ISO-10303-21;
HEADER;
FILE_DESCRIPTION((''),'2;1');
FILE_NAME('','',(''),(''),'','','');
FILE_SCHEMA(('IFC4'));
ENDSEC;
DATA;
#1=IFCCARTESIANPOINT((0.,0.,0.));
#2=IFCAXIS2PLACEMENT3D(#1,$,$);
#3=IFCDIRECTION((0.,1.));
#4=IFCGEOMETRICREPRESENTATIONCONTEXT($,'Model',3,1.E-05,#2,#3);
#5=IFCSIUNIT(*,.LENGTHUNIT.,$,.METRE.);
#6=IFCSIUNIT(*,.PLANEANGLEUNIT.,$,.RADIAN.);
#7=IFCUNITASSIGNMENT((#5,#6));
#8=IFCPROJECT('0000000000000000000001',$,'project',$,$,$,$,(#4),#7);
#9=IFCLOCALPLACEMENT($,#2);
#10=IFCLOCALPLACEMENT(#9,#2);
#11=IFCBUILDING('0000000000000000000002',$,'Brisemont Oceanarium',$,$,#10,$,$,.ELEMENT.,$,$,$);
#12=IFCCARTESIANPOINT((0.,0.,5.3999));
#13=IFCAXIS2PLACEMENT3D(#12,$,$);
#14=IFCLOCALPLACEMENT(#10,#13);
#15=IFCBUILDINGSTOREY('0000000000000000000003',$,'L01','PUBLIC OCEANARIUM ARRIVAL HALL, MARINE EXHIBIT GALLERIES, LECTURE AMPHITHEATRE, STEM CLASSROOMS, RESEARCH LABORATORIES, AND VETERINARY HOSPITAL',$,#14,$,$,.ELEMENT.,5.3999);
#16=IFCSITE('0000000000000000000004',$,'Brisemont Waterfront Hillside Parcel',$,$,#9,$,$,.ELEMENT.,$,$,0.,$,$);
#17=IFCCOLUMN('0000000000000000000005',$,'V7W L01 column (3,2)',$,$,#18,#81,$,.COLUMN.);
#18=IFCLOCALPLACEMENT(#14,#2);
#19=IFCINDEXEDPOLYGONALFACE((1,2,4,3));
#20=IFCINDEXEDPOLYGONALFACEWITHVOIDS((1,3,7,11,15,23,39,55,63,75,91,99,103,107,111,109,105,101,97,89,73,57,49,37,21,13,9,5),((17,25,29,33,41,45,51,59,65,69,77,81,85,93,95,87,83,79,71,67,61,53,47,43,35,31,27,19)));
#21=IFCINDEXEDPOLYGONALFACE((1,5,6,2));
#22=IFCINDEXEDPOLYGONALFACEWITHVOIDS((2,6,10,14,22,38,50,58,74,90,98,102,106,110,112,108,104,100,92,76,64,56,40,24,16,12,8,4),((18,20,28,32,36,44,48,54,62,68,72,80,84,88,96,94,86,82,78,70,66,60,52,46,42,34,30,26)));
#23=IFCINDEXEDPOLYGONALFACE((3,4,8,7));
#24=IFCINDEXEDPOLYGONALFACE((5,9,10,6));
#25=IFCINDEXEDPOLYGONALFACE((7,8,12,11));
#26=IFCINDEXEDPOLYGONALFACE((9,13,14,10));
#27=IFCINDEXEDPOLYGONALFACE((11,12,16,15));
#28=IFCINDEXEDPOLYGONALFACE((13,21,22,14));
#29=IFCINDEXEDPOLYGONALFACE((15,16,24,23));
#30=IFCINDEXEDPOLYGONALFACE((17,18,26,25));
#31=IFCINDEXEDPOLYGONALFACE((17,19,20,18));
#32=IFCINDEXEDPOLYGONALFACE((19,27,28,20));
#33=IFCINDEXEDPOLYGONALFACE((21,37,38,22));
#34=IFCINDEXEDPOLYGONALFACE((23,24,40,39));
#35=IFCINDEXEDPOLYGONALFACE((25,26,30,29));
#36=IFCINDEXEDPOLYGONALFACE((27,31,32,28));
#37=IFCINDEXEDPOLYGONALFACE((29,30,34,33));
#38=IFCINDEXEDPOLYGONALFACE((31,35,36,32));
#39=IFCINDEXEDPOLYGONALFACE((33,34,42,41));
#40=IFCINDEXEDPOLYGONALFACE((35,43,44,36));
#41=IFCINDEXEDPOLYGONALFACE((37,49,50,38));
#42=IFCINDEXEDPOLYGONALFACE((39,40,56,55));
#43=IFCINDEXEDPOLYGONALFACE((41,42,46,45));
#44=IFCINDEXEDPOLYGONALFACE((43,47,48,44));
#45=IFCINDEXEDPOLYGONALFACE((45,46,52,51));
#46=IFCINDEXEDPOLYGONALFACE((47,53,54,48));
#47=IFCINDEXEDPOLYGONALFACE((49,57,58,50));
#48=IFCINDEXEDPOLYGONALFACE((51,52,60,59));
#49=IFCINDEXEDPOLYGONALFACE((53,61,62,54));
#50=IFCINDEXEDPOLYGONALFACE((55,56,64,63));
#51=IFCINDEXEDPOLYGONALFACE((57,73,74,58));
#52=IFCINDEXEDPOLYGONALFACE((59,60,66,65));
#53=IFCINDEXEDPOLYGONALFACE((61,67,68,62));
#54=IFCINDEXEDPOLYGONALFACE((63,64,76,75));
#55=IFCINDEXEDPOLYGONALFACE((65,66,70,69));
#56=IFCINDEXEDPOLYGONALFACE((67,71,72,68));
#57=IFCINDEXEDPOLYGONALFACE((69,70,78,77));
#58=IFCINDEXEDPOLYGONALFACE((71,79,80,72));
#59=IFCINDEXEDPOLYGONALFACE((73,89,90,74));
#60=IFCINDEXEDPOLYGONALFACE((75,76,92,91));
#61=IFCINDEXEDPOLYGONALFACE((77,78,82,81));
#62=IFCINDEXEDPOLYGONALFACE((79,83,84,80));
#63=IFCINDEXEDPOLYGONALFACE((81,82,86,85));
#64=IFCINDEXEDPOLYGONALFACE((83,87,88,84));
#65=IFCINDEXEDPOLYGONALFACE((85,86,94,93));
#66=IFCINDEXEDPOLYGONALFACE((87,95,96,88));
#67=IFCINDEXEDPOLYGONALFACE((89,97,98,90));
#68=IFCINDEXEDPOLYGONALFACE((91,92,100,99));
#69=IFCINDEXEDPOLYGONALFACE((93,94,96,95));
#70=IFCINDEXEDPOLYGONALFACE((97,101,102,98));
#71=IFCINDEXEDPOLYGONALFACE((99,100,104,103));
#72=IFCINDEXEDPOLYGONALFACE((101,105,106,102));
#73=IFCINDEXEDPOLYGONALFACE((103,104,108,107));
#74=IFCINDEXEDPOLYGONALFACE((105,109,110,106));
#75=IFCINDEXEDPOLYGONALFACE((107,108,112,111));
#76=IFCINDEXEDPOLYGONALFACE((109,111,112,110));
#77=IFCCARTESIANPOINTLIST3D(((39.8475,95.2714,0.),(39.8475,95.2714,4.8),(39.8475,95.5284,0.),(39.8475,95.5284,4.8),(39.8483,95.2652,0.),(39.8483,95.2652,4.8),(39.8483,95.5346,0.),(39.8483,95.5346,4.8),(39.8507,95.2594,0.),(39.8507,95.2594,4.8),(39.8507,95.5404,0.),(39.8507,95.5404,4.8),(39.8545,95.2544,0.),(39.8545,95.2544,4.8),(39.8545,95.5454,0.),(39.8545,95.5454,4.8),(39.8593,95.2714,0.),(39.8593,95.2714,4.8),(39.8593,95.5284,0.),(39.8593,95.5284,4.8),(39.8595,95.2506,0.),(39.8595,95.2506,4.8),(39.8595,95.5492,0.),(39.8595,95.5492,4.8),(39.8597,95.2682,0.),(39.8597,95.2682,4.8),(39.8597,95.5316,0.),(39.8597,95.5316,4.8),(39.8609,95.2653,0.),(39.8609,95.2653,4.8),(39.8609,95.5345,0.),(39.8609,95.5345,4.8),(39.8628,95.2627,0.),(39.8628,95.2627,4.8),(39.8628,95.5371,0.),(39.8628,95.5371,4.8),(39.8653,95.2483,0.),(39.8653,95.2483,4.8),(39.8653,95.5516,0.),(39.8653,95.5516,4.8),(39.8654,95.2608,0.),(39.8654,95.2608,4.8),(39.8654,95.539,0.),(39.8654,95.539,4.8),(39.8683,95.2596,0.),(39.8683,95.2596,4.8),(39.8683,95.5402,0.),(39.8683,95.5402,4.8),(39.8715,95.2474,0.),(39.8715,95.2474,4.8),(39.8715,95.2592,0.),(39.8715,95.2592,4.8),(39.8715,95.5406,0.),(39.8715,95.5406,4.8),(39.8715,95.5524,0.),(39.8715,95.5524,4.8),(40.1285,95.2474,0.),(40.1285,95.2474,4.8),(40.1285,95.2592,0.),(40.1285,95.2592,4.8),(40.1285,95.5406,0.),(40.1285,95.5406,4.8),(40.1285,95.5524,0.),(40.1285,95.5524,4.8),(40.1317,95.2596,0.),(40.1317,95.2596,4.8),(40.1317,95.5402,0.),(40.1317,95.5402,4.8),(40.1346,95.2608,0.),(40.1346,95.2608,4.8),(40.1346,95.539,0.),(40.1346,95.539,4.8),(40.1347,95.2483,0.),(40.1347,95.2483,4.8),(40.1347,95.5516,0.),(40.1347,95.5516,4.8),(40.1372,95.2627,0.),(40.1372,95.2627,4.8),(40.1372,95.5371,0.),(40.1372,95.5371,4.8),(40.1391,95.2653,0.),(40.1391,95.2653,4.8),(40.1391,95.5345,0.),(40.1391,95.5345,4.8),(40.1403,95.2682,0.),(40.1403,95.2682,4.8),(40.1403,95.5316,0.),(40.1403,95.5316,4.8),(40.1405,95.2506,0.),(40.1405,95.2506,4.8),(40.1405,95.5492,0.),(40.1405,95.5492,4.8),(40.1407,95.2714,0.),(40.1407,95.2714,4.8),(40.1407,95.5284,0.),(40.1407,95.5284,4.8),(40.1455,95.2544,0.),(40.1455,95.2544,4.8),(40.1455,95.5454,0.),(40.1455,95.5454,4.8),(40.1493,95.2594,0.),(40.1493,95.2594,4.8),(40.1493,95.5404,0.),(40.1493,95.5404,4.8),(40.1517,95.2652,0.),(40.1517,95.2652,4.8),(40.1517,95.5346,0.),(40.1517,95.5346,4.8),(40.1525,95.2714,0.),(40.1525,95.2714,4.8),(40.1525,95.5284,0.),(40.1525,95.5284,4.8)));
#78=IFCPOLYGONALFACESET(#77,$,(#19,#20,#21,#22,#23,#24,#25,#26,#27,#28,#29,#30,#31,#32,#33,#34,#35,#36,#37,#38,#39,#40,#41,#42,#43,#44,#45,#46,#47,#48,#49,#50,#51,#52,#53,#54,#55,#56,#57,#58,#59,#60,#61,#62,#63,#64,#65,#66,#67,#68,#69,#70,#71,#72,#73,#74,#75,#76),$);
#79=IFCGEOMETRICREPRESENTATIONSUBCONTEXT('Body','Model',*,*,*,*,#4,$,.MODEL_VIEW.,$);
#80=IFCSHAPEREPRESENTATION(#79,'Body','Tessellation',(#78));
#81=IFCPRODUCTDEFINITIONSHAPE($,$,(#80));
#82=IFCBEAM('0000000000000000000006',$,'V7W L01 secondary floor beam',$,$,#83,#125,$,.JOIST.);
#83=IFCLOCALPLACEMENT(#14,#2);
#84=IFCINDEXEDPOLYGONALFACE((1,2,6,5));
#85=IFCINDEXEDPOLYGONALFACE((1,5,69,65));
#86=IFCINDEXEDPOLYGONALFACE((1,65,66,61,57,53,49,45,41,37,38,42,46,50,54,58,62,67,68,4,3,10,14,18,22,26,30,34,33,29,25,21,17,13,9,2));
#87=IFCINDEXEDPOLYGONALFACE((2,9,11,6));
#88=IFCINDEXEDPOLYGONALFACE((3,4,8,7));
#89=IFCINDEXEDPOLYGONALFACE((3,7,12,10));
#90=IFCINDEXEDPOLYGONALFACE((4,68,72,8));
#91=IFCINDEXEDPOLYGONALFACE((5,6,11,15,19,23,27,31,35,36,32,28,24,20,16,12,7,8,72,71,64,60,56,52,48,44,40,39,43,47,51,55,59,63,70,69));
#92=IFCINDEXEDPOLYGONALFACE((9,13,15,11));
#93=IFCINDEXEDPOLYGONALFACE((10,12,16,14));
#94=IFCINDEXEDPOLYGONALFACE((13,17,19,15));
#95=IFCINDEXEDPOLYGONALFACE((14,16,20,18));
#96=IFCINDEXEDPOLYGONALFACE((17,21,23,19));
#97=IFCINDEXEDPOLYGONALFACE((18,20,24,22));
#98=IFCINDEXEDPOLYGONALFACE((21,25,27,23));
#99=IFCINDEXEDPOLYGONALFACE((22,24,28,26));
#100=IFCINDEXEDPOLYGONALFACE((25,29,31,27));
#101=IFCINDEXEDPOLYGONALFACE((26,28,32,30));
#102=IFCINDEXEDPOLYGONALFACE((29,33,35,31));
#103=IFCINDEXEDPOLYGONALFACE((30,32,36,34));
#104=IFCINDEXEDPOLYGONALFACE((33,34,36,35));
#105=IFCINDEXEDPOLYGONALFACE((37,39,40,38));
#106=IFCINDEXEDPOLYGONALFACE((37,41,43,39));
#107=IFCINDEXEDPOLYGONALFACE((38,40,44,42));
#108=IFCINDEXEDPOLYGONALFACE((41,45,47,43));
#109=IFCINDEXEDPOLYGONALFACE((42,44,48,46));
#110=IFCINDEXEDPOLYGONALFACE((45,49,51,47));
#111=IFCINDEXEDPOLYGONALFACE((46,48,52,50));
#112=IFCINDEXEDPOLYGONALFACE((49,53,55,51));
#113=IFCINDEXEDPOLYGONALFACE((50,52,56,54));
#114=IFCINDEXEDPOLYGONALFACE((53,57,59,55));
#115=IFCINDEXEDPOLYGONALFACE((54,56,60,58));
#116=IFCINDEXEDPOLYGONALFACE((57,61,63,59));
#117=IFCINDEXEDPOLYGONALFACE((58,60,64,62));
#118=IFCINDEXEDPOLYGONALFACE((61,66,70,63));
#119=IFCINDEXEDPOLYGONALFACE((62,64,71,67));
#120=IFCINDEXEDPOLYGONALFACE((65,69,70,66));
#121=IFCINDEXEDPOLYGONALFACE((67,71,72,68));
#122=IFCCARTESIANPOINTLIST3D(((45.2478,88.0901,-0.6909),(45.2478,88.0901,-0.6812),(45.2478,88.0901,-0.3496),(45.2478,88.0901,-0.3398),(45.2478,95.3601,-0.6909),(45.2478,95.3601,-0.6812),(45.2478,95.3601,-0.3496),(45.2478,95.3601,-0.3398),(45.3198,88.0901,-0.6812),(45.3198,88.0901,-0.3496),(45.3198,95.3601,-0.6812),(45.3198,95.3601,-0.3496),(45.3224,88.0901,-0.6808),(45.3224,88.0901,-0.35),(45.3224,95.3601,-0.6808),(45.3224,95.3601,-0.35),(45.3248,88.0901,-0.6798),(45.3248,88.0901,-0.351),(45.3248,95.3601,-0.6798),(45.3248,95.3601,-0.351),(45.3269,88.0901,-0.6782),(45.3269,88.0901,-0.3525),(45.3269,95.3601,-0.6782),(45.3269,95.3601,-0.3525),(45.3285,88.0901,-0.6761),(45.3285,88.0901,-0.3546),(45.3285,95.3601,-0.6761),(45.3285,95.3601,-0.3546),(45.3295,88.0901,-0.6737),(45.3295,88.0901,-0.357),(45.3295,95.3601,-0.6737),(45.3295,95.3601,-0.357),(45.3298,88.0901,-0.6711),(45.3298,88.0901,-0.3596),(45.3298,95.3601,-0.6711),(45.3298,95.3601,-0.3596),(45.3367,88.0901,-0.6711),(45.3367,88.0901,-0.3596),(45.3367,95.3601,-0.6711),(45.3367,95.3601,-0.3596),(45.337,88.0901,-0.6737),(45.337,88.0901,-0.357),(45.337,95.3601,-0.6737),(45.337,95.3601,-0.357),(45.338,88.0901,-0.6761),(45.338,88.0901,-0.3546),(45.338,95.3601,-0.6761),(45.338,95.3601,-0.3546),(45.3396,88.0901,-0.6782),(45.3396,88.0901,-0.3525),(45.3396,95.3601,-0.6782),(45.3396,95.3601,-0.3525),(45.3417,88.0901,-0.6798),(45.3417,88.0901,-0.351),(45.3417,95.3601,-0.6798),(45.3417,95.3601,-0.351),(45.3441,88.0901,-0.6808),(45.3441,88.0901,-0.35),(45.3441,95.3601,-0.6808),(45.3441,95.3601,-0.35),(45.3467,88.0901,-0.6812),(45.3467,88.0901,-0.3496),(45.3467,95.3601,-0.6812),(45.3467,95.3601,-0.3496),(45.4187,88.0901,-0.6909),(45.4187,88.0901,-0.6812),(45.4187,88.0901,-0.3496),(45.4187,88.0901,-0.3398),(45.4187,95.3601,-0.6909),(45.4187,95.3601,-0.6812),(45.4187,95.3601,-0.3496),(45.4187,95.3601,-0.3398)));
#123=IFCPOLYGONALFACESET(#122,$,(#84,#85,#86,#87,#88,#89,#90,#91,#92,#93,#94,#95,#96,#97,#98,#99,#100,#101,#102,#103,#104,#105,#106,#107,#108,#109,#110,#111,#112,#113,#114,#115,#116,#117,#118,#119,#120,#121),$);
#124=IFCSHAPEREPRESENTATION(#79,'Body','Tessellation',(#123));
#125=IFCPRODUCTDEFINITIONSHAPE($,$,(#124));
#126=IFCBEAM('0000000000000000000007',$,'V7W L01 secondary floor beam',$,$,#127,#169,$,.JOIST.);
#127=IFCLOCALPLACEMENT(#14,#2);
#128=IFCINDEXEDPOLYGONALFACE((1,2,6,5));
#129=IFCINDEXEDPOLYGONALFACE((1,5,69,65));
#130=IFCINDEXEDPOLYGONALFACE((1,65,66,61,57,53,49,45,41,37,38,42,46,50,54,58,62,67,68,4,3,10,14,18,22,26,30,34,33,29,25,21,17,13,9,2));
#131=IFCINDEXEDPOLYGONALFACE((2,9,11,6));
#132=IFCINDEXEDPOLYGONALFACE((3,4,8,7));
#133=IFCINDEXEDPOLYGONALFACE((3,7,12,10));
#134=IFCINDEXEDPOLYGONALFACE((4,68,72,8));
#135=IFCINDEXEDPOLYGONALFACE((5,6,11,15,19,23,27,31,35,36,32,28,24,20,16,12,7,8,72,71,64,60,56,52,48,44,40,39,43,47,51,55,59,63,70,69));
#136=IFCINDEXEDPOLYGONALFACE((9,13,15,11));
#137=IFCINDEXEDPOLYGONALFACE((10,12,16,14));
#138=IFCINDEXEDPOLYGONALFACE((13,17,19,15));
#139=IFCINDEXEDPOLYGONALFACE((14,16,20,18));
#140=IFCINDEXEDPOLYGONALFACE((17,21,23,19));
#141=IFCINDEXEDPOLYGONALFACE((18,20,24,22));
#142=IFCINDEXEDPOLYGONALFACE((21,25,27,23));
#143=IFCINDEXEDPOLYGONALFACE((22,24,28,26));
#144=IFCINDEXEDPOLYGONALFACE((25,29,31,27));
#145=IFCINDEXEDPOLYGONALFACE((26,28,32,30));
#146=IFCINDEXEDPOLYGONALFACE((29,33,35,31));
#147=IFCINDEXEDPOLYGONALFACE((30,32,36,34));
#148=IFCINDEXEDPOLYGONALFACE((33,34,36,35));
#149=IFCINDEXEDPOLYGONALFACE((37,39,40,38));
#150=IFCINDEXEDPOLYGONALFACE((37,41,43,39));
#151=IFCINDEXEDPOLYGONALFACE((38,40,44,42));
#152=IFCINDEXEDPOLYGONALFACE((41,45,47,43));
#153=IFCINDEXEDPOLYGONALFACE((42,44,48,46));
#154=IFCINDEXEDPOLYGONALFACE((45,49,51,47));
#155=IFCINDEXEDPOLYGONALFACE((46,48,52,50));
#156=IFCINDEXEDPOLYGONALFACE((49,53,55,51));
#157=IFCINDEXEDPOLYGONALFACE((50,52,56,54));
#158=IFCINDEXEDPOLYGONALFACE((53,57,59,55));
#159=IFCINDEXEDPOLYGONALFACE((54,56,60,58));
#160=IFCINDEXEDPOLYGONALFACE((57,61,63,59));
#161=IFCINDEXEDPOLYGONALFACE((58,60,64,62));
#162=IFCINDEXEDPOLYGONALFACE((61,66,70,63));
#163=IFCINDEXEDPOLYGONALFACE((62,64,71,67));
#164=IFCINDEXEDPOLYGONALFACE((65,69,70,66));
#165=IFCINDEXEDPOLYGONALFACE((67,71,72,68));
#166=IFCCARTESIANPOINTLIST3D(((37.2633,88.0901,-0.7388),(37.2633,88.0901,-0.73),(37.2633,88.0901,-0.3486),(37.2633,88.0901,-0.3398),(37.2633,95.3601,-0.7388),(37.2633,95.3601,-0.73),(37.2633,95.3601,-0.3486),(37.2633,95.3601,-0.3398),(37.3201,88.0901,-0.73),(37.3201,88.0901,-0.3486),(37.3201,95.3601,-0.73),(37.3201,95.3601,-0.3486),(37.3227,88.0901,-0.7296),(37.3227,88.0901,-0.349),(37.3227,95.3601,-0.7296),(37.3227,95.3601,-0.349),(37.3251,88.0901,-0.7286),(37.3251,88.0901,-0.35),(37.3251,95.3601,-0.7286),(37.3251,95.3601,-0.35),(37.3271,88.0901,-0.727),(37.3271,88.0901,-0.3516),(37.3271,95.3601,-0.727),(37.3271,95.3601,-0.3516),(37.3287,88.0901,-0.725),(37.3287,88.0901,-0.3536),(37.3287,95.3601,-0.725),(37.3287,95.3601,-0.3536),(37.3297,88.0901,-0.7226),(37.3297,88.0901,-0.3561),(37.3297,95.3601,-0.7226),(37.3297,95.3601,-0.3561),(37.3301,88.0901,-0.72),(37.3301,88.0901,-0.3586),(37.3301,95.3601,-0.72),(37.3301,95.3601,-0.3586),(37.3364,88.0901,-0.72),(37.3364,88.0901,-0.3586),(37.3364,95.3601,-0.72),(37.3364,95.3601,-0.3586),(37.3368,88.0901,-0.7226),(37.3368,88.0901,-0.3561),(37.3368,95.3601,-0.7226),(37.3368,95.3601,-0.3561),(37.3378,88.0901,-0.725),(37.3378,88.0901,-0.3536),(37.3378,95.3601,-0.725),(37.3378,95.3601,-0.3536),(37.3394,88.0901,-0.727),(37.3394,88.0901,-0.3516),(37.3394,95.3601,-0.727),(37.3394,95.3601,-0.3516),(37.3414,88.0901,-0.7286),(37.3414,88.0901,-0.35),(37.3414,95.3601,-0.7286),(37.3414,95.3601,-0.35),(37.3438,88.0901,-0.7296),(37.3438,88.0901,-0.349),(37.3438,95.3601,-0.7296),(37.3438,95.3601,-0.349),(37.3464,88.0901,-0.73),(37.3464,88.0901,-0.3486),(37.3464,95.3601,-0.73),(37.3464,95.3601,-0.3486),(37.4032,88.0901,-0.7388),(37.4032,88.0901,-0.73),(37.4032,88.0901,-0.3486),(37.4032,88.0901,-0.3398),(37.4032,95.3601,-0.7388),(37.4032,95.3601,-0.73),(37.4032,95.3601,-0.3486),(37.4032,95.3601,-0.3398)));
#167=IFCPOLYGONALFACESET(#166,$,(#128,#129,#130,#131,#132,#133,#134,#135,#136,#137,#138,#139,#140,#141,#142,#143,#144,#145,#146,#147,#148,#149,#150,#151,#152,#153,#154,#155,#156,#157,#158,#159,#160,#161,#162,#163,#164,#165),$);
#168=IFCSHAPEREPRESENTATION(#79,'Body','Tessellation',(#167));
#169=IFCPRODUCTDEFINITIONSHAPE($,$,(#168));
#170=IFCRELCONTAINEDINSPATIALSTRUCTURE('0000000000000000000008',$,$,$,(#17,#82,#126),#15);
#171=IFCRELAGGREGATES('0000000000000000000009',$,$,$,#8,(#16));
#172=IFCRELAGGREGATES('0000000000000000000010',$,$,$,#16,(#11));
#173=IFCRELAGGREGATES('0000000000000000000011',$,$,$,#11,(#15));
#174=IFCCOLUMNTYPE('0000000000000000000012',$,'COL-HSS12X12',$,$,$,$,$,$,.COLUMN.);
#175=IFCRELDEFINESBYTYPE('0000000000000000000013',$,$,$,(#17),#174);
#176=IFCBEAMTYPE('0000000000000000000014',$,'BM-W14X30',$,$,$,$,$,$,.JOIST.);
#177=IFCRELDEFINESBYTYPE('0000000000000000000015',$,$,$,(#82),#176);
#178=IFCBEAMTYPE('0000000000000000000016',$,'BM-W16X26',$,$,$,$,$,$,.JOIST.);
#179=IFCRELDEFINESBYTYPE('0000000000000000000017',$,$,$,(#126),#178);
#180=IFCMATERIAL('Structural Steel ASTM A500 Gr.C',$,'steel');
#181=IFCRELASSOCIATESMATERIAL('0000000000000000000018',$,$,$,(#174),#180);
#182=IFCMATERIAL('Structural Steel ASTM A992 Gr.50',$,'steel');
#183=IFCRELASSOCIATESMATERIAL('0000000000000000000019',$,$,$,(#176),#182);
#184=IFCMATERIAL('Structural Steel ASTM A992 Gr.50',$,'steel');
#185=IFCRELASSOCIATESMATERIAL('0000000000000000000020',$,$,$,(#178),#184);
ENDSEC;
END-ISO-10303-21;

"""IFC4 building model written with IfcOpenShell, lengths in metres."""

from ifc_helpers import new_model, si_unit, direction, frame, origin, origin_2d, place, context, subcontext, project, spatial, hollow_rectangle, i_section, extrude, material, material_profile, profile_set, type_object, element, save


model = new_model("IFC4")

# Units and contexts
model_context = context("Model", 3, precision=1e-05, world=origin(), true_north=direction((0.0, 1.0)))
body_context = subcontext(model_context, "Body", "Model", "MODEL_VIEW")
ifc_project = project(units=[si_unit("LENGTHUNIT", "METRE"), si_unit("PLANEANGLEUNIT", "RADIAN")], contexts=[model_context])

# Site, building, storey
site_placement = place(None, origin())
site = spatial("IfcSite", under=ifc_project, at=site_placement, Name="Brisemont Waterfront Hillside Parcel", CompositionType="ELEMENT", RefElevation=0.0)
building_placement = place(site_placement, origin())
building = spatial("IfcBuilding", under=site, at=building_placement, Name="Brisemont Oceanarium", CompositionType="ELEMENT")
storey_placement = place(building_placement, frame((0.0, 0.0, 5.3999)))
storey = spatial("IfcBuildingStorey", under=building, at=storey_placement, Name="L01", Description="PUBLIC OCEANARIUM ARRIVAL HALL, MARINE EXHIBIT GALLERIES, LECTURE AMPHITHEATRE, STEM CLASSROOMS, RESEARCH LABORATORIES, AND VETERINARY HOSPITAL", CompositionType="ELEMENT", Elevation=5.3999)

# Column
ifc_material_1 = material(Name="Structural Steel ASTM A500 Gr.C", Category="steel")
ifc_material_profile_1 = material_profile(ifc_material_1, hollow_rectangle(XDim=0.3049, YDim=0.3049, WallThickness=0.0117, InnerFilletRadius=0.0122, OuterFilletRadius=0.0239, at=origin_2d()), Name="HSS12X12X1/2")
ifc_profile_set_1 = profile_set([ifc_material_profile_1], Name="Structural Steel ASTM A500 Gr.C")
column_type = type_object("IfcColumnType", Name="COL-HSS12X12", PredefinedType="COLUMN", material=ifc_profile_set_1)
column_placement = place(storey_placement, frame((40.0, 95.3999, 0.0), z_axis=(0.0, 0.0, 1.0), x_axis=(0.0, 1.0, 0.0)))
element("IfcColumn", 1, at=column_placement, inside=storey, type_object=column_type, Name="V7W L01 column (3,2)", PredefinedType="COLUMN", context=body_context, shape_type="SweptSolid", body=[
    extrude(hollow_rectangle(XDim=0.3049, YDim=0.3049, WallThickness=0.0117, InnerFilletRadius=0.0122, OuterFilletRadius=0.0239, at=origin_2d()), origin(), (0.0, 0.0, 1.0), 4.8),
])

# Beams
ifc_material_2 = material(Name="Structural Steel ASTM A992 Gr.50", Category="steel")
ifc_material_profile_2 = material_profile(ifc_material_2, i_section(OverallWidth=0.1709, OverallDepth=0.3511, WebThickness=0.0068, FlangeThickness=0.0098, FilletRadius=0.01, at=origin_2d()), Name="W14X30")
ifc_profile_set_2 = profile_set([ifc_material_profile_2], Name="Structural Steel ASTM A992 Gr.50")
beam_type_1 = type_object("IfcBeamType", Name="BM-W14X30", PredefinedType="JOIST", material=ifc_profile_set_2)
beam_1_placement = place(storey_placement, frame((45.3333, 88.0901, -0.5154), z_axis=(0.0, 1.0, 0.0), x_axis=(-1.0, 0.0, 0.0)))
element("IfcBeam", 2, at=beam_1_placement, inside=storey, type_object=beam_type_1, Name="V7W L01 secondary floor beam", PredefinedType="JOIST", context=body_context, shape_type="SweptSolid", body=[
    extrude(i_section(OverallWidth=0.1709, OverallDepth=0.3511, WebThickness=0.0068, FlangeThickness=0.0098, FilletRadius=0.01, at=origin_2d()), origin(), (0.0, 0.0, 1.0), 7.27),
])
ifc_material_3 = material(Name="Structural Steel ASTM A992 Gr.50", Category="steel")
ifc_material_profile_3 = material_profile(ifc_material_3, i_section(OverallWidth=0.1399, OverallDepth=0.3989, WebThickness=0.0063, FlangeThickness=0.0088, FilletRadius=0.01, at=origin_2d()), Name="W16X26")
ifc_profile_set_3 = profile_set([ifc_material_profile_3], Name="Structural Steel ASTM A992 Gr.50")
beam_type_2 = type_object("IfcBeamType", Name="BM-W16X26", PredefinedType="JOIST", material=ifc_profile_set_3)
for number, where, z_axis, x_axis, name in (
    (3, (37.3333, 88.0901, -0.5393), (0.0, 1.0, 0.0), (-1.0, 0.0, 0.0), "V7W L01 secondary floor beam"),
):
    element("IfcBeam", number, at=place(storey_placement, frame(where, z_axis=z_axis, x_axis=x_axis)), inside=storey, type_object=beam_type_2, Name=name, PredefinedType="JOIST", context=body_context, shape_type="SweptSolid", body=[
        extrude(i_section(OverallWidth=0.1399, OverallDepth=0.3989, WebThickness=0.0063, FlangeThickness=0.0088, FilletRadius=0.01, at=origin_2d()), origin(), (0.0, 0.0, 1.0), 7.27),
    ])

save(model, "model.ifc")
